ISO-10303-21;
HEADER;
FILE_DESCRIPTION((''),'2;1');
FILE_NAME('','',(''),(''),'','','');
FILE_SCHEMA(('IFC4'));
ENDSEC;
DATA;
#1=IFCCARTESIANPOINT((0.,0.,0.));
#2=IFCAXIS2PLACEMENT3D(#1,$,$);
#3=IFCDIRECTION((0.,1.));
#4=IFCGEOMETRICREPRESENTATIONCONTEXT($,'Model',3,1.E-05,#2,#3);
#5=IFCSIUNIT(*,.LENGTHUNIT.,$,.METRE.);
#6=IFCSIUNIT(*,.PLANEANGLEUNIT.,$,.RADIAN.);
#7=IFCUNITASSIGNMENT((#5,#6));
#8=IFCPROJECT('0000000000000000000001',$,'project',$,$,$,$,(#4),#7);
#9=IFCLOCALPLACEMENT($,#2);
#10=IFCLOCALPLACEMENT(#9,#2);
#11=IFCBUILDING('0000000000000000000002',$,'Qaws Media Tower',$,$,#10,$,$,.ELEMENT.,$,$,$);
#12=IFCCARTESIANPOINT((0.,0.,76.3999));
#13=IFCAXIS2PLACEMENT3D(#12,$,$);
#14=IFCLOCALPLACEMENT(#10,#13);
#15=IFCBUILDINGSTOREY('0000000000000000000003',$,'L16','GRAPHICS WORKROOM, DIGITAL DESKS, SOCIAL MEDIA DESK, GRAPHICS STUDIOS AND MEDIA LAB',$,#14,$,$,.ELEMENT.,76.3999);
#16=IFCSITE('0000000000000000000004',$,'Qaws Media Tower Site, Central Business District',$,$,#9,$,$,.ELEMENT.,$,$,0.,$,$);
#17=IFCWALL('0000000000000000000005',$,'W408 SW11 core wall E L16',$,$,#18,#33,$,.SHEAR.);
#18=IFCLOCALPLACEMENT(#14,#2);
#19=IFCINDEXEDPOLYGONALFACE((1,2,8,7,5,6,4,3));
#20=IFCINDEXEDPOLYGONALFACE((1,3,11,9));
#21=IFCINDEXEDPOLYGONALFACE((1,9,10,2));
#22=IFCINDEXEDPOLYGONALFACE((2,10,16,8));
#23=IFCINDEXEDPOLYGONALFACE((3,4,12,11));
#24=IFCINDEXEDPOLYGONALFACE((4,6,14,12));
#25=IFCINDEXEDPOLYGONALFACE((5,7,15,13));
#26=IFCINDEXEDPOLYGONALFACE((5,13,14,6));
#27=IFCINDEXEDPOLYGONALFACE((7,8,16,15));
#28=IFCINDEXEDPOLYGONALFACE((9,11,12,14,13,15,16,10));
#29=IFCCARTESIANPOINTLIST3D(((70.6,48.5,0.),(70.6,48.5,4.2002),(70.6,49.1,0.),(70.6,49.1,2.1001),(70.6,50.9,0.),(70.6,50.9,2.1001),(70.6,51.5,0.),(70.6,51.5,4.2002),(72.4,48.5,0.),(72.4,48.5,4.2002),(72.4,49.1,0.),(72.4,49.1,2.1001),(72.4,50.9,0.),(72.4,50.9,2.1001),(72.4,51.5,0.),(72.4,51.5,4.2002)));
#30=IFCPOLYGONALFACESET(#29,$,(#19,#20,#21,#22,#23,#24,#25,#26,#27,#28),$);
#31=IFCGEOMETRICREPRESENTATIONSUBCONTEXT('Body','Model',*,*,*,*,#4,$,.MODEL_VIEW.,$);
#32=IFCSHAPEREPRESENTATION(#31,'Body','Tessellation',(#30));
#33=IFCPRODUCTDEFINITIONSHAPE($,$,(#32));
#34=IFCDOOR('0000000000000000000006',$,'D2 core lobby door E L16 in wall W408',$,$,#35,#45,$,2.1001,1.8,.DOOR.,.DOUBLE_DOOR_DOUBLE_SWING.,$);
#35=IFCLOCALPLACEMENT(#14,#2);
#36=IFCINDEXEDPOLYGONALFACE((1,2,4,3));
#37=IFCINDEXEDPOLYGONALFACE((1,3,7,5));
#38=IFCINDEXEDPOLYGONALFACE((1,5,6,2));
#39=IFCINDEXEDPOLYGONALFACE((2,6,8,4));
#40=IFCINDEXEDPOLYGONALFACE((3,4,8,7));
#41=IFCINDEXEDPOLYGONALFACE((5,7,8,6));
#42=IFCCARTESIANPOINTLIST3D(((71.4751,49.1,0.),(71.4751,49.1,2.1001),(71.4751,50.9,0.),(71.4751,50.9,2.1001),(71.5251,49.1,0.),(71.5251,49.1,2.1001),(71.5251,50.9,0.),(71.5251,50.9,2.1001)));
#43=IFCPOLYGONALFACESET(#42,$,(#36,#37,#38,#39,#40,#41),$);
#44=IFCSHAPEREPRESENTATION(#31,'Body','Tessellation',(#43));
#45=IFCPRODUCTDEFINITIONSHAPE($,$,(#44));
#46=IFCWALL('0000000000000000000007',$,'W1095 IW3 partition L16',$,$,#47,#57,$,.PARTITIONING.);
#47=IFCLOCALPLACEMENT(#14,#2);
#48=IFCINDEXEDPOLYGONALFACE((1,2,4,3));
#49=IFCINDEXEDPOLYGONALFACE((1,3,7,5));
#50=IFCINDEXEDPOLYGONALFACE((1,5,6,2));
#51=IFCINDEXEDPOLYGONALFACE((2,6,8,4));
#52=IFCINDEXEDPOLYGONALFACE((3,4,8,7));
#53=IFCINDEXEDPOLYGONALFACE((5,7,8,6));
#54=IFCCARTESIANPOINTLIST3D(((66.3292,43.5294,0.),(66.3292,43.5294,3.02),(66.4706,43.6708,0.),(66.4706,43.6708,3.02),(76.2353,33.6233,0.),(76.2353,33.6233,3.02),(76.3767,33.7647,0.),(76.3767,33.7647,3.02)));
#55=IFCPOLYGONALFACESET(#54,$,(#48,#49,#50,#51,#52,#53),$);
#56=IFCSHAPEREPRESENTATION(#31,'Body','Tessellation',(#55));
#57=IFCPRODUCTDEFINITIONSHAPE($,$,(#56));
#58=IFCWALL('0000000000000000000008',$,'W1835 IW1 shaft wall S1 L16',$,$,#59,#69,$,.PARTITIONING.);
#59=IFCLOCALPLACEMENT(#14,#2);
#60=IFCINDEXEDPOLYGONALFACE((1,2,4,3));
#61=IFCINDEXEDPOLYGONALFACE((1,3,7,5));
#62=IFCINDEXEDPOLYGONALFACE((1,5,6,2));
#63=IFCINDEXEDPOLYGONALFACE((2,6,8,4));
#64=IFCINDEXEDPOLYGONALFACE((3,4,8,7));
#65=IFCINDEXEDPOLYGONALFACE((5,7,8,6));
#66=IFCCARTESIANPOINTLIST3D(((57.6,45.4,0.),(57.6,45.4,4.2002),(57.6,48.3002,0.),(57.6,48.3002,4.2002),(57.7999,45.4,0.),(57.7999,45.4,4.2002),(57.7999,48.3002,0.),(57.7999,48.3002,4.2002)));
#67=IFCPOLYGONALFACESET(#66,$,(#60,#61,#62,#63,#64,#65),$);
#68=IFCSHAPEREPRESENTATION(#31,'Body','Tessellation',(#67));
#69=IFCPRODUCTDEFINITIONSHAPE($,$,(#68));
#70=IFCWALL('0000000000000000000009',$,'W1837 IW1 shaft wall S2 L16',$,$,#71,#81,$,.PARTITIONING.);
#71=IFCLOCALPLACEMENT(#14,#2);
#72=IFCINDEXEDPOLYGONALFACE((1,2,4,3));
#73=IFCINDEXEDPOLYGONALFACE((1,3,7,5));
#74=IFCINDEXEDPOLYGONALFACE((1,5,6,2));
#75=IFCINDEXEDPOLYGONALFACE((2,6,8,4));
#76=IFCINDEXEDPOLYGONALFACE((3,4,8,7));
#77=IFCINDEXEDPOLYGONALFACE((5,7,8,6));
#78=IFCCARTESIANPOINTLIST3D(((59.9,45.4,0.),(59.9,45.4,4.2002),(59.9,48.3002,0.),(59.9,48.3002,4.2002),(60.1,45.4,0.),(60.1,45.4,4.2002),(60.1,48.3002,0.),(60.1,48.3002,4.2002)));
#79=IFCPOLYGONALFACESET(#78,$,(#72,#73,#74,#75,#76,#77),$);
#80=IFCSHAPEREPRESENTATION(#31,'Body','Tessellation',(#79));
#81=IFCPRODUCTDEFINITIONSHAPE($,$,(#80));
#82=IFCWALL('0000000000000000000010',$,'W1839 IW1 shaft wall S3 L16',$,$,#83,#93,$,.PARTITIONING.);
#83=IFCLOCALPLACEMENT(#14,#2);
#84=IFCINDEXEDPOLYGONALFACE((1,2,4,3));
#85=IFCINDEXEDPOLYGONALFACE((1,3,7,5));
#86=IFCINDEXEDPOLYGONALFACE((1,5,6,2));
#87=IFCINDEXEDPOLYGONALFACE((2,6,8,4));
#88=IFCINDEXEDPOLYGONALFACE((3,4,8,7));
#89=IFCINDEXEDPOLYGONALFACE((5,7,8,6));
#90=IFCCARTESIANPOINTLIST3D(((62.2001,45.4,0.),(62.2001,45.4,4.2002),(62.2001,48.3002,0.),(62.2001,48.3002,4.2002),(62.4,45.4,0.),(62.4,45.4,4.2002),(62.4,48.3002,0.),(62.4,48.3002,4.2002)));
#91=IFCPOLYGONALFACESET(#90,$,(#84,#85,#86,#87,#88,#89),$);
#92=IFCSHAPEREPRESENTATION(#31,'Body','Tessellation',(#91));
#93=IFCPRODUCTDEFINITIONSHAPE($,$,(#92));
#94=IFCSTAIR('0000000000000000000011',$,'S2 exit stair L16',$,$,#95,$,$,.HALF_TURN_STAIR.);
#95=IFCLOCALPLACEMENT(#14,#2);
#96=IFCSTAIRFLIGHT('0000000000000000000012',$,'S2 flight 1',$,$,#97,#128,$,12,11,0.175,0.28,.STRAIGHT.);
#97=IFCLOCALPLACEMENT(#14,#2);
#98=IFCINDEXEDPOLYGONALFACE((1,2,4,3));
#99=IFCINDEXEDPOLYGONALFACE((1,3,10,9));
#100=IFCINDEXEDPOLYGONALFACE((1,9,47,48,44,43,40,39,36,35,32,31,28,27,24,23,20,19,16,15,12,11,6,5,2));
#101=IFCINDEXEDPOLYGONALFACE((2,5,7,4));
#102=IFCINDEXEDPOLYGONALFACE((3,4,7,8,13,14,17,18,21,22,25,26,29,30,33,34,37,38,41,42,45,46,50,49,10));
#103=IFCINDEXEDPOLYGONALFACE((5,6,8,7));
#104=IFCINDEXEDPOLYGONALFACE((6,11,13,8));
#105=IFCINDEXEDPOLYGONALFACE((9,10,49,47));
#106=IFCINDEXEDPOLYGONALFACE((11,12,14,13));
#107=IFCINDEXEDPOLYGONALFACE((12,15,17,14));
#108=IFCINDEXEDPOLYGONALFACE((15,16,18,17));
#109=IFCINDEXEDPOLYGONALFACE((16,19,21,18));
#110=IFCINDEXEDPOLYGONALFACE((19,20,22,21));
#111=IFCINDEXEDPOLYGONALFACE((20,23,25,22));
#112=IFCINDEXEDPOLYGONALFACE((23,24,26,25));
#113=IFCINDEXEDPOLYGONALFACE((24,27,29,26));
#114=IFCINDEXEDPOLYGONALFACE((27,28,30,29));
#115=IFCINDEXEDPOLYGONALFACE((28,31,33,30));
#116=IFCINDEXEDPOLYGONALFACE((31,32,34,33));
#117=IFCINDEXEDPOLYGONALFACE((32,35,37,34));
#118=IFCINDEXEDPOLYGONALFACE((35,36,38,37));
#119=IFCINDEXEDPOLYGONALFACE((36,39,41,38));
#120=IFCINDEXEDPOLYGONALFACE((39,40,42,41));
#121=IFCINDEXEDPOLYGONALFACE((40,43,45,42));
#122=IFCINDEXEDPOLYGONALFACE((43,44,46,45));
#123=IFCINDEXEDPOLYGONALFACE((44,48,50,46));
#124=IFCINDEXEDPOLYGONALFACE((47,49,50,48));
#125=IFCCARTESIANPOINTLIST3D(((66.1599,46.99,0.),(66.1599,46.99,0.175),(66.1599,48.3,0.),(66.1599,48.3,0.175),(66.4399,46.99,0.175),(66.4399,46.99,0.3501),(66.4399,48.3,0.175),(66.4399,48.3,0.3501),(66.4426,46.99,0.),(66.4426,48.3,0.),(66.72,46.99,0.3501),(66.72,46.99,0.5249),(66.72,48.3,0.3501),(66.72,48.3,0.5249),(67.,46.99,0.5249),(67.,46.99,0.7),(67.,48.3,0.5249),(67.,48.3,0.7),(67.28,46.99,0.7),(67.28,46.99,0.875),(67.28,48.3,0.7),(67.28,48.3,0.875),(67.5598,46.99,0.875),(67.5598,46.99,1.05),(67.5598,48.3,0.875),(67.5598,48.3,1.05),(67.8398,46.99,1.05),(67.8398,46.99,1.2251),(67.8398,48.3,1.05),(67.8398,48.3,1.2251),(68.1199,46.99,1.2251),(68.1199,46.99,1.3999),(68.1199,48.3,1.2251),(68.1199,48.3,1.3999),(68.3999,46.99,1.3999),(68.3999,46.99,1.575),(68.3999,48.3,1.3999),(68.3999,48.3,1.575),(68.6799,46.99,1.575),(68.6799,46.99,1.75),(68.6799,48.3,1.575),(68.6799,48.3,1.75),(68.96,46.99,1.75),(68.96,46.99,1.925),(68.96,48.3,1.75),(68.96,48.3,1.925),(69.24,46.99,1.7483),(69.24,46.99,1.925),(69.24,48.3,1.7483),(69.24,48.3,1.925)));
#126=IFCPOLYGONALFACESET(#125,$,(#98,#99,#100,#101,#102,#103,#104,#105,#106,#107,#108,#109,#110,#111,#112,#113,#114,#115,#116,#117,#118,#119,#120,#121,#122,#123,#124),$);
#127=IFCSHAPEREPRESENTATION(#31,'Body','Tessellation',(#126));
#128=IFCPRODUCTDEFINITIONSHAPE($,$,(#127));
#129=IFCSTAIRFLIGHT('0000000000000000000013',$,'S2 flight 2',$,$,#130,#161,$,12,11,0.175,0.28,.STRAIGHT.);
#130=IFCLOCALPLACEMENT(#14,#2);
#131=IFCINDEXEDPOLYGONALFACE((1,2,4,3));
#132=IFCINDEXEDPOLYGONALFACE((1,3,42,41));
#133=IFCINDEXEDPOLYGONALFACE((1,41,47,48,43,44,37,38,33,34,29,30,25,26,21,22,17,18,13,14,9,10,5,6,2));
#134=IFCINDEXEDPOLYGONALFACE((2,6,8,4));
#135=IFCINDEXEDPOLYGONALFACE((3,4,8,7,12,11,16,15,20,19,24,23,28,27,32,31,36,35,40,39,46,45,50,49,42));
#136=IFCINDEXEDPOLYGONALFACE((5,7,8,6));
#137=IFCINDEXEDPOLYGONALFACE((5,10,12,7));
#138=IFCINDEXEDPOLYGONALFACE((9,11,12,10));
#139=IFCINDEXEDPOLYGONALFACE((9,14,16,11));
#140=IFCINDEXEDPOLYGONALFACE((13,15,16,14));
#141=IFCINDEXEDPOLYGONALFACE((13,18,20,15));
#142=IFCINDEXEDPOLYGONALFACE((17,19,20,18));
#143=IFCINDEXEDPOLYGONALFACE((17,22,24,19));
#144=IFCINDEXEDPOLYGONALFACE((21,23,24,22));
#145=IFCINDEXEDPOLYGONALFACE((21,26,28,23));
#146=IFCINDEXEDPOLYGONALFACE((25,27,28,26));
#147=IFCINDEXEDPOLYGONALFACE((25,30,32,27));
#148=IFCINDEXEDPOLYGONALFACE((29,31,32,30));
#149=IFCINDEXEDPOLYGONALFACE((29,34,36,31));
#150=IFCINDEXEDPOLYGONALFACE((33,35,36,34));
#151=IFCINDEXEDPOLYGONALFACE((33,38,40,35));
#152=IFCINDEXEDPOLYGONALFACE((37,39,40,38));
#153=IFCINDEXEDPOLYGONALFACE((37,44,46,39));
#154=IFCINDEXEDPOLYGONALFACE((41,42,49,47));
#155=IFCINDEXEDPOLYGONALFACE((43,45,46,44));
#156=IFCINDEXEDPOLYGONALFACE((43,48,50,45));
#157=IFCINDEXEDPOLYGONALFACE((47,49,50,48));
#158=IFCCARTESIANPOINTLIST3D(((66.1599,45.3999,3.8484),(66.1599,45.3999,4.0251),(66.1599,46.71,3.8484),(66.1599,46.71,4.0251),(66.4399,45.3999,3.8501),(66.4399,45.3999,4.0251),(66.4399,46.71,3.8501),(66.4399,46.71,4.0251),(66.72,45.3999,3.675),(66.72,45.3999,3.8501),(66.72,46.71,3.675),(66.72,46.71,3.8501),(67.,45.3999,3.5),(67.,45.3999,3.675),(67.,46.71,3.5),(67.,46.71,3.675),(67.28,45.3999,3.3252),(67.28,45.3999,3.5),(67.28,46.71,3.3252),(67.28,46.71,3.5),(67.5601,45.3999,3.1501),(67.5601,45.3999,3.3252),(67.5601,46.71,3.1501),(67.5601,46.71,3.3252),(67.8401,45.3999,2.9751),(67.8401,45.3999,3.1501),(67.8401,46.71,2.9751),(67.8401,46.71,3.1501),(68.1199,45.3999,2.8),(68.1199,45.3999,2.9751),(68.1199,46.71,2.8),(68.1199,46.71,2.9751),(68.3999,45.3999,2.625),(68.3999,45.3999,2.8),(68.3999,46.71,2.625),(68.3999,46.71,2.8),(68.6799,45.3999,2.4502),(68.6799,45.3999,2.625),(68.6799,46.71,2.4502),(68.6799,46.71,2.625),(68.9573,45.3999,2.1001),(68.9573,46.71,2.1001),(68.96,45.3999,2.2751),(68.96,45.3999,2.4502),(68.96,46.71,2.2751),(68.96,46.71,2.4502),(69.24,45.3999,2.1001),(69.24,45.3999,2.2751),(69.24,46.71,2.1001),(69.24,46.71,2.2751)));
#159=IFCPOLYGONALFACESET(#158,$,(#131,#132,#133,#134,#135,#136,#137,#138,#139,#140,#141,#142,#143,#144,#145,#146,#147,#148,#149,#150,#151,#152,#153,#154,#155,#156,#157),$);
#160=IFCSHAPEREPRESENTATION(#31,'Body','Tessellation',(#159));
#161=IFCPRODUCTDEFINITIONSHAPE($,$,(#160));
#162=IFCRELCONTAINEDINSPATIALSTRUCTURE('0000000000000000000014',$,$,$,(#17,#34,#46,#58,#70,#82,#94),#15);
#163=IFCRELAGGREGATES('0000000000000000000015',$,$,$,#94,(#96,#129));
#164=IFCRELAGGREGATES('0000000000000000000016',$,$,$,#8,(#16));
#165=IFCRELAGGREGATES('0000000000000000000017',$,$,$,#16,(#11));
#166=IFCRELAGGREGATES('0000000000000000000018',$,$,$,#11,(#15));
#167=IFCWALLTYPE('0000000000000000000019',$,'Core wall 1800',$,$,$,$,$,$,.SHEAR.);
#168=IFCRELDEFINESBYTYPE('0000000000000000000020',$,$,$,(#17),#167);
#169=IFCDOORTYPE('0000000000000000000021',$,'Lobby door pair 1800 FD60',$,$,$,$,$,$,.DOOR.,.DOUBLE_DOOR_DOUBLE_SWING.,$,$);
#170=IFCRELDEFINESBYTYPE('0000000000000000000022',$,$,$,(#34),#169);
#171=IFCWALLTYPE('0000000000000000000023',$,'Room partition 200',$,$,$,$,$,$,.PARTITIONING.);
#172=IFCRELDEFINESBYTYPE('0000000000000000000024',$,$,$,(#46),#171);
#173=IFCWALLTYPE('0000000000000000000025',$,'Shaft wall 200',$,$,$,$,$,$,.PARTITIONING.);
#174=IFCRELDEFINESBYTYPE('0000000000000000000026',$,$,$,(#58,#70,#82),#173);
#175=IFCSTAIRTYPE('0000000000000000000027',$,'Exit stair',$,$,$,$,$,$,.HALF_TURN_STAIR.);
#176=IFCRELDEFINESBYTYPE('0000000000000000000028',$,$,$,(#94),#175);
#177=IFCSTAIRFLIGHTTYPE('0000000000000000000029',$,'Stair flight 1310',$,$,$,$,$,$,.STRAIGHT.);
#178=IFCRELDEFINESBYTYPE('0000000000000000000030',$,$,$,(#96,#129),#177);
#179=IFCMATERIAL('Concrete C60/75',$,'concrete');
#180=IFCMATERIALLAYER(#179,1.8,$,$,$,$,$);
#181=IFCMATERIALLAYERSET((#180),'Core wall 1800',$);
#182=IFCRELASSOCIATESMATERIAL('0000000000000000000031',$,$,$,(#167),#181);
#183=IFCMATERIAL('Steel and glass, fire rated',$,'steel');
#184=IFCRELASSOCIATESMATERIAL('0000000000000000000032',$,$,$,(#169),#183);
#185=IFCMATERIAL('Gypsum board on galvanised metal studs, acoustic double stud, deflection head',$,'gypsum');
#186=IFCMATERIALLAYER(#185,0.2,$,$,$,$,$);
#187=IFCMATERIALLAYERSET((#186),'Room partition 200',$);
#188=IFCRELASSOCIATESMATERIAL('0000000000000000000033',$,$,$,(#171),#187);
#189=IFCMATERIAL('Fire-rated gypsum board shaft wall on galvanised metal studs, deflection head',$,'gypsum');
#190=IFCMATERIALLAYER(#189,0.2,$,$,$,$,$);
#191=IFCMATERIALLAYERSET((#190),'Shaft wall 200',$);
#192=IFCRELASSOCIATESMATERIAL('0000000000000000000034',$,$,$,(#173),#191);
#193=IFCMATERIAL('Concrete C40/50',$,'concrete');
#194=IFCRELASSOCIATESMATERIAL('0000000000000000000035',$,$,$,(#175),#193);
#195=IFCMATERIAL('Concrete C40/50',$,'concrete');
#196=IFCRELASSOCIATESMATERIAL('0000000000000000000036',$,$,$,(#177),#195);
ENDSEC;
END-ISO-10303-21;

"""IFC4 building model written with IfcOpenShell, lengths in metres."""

from ifc_helpers import new_model, si_unit, direction, frame, frame_2d, origin, place, context, subcontext, project, spatial, polyline, rectangle, outline, extrude, material, layer, layer_set, type_object, element, fill, aggregate, save


model = new_model("IFC4")

# Units and contexts
model_context = context("Model", 3, precision=1e-05, world=origin(), true_north=direction((0.0, 1.0)))
body_context = subcontext(model_context, "Body", "Model", "MODEL_VIEW")
ifc_project = project(units=[si_unit("LENGTHUNIT", "METRE"), si_unit("PLANEANGLEUNIT", "RADIAN")], contexts=[model_context])

# Site, building, storey
site_placement = place(None, origin())
site = spatial("IfcSite", under=ifc_project, at=site_placement, Name="Qaws Media Tower Site, Central Business District", CompositionType="ELEMENT", RefElevation=0.0)
building_placement = place(site_placement, origin())
building = spatial("IfcBuilding", under=site, at=building_placement, Name="Qaws Media Tower", CompositionType="ELEMENT")
storey_placement = place(building_placement, frame((0.0, 0.0, 76.3999)))
storey = spatial("IfcBuildingStorey", under=building, at=storey_placement, Name="L16", Description="GRAPHICS WORKROOM, DIGITAL DESKS, SOCIAL MEDIA DESK, GRAPHICS STUDIOS AND MEDIA LAB", CompositionType="ELEMENT", Elevation=76.3999)

# Shared definitions
ifc_material_1 = material(Name="Concrete C60/75", Category="concrete")
ifc_layer_1 = layer(ifc_material_1, 1.8)
ifc_layer_set_1 = layer_set([ifc_layer_1], Name="Core wall 1800")
wall_type_1 = type_object("IfcWallType", Name="Core wall 1800", PredefinedType="SHEAR", material=ifc_layer_set_1)

# Wall, opening, door
wall_1_placement = place(storey_placement, frame((71.5, 48.5, 0.0), z_axis=(0.0, 0.0, 1.0), x_axis=(0.0, 1.0, 0.0)))
wall_1 = element("IfcWall", 1, at=wall_1_placement, inside=storey, type_object=wall_type_1, Name="W408 SW11 core wall E L16", PredefinedType="SHEAR", context=body_context, shape_type="SweptSolid", body=[
    extrude(rectangle(XDim=3.0, YDim=1.8, at=frame_2d((1.5, 0.0))), origin(), (0.0, 0.0, 1.0), 4.2002),
])
opening_1_placement = place(wall_1_placement, frame((0.6001, 0.0, 0.0)))
opening_1 = element("IfcOpeningElement", 2, at=opening_1_placement, cuts=wall_1, PredefinedType="OPENING", context=body_context, shape_type="SweptSolid", body=[
    extrude(rectangle(XDim=1.8, YDim=2.1001, at=frame_2d((0.8999, 1.05))), frame((0.0, 0.9099, 0.0), z_axis=(0.0, -1.0, 0.0), x_axis=(1.0, 0.0, 0.0)), (0.0, 0.0, 1.0), 1.8201),
])
ifc_material_2 = material(Name="Steel and glass, fire rated", Category="steel")
door_type_1 = type_object("IfcDoorType", Name="Lobby door pair 1800 FD60", OperationType="DOUBLE_DOOR_DOUBLE_SWING", PredefinedType="DOOR", material=ifc_material_2)
door_1_placement = place(opening_1_placement, origin())
door_1 = element("IfcDoor", 3, at=door_1_placement, inside=storey, type_object=door_type_1, Name="D2 core lobby door E L16 in wall W408", OperationType="DOUBLE_DOOR_DOUBLE_SWING", OverallHeight=2.1001, OverallWidth=1.8, PredefinedType="DOOR", context=body_context, shape_type="SweptSolid", body=[
    extrude(rectangle(XDim=1.8, YDim=2.1001, at=frame_2d((0.8999, 1.05))), frame((0.0, 0.0249, 0.0), z_axis=(0.0, -1.0, 0.0), x_axis=(1.0, 0.0, 0.0)), (0.0, 0.0, 1.0), 0.05),
])
fill(opening_1, door_1)

# Walls
ifc_material_3 = material(Name="Gypsum board on galvanised metal studs, acoustic double stud, deflection head", Category="gypsum")
ifc_layer_2 = layer(ifc_material_3, 0.2)
ifc_layer_set_2 = layer_set([ifc_layer_2], Name="Room partition 200")
wall_type_2 = type_object("IfcWallType", Name="Room partition 200", PredefinedType="PARTITIONING", material=ifc_layer_set_2)
wall_2_placement = place(storey_placement, frame((66.3999, 43.6001, 0.0), z_axis=(0.0, 0.0, 1.0), x_axis=(0.707107, -0.707107, 0.0)))
element("IfcWall", 4, at=wall_2_placement, inside=storey, type_object=wall_type_2, Name="W1095 IW3 partition L16", PredefinedType="PARTITIONING", context=body_context, shape_type="SweptSolid", body=[
    extrude(rectangle(XDim=14.0093, YDim=0.2, at=frame_2d((7.0046, 0.0))), origin(), (0.0, 0.0, 1.0), 3.02),
])
ifc_material_4 = material(Name="Fire-rated gypsum board shaft wall on galvanised metal studs, deflection head", Category="gypsum")
ifc_layer_3 = layer(ifc_material_4, 0.2)
ifc_layer_set_3 = layer_set([ifc_layer_3], Name="Shaft wall 200")
wall_type_3 = type_object("IfcWallType", Name="Shaft wall 200", PredefinedType="PARTITIONING", material=ifc_layer_set_3)
for number, where, z_axis, x_axis, name in (
    (5, (57.7, 45.3999, 0.0), (0.0, 0.0, 1.0), (0.0, 1.0, 0.0), "W1835 IW1 shaft wall S1 L16"),
    (6, (60.0, 45.3999, 0.0), (0.0, 0.0, 1.0), (0.0, 1.0, 0.0), "W1837 IW1 shaft wall S2 L16"),
    (7, (62.3, 45.3999, 0.0), (0.0, 0.0, 1.0), (0.0, 1.0, 0.0), "W1839 IW1 shaft wall S3 L16"),
):
    element("IfcWall", number, at=place(storey_placement, frame(where, z_axis=z_axis, x_axis=x_axis)), inside=storey, type_object=wall_type_3, Name=name, PredefinedType="PARTITIONING", context=body_context, shape_type="SweptSolid", body=[
        extrude(rectangle(XDim=2.9001, YDim=0.2, at=frame_2d((1.4502, 0.0))), origin(), (0.0, 0.0, 1.0), 4.2002),
    ])

# Stair, stair flights
ifc_material_5 = material(Name="Concrete C40/50", Category="concrete")
stair_type = type_object("IfcStairType", Name="Exit stair", PredefinedType="HALF_TURN_STAIR", material=ifc_material_5)
stair_placement = place(storey_placement, origin())
stair = element("IfcStair", 8, at=stair_placement, inside=storey, type_object=stair_type, Name="S2 exit stair L16", PredefinedType="HALF_TURN_STAIR")
ifc_material_6 = material(Name="Concrete C40/50", Category="concrete")
stair_flight_type = type_object("IfcStairFlightType", Name="Stair flight 1310", PredefinedType="STRAIGHT", material=ifc_material_6)
stair_flight_1_placement = place(storey_placement, frame((66.1599, 47.645, 0.0), z_axis=(0.0, 0.0, 1.0), x_axis=(1.0, 0.0, 0.0)))
stair_flight_1 = element("IfcStairFlight", 9, at=stair_flight_1_placement, type_object=stair_flight_type, Name="S2 flight 1", NumberOfRisers=12, NumberOfTreads=11, PredefinedType="STRAIGHT", RiserHeight=0.175, TreadLength=0.28, context=body_context, shape_type="SweptSolid", body=[
    extrude(outline(polyline([(0.0, 0.0), (0.0, 0.175), (0.28, 0.175), (0.28, 0.3501), (0.5601, 0.3501), (0.5601, 0.5249), (0.8401, 0.5249), (0.8401, 0.7), (1.1201, 0.7), (1.1201, 0.875), (1.3999, 0.875), (1.3999, 1.05), (1.6799, 1.05), (1.6799, 1.2251), (1.96, 1.2251), (1.96, 1.3999), (2.24, 1.3999), (2.24, 1.575), (2.52, 1.575), (2.52, 1.75), (2.8, 1.75), (2.8, 1.925), (3.0801, 1.925), (3.0801, 2.1001), (3.0801, 1.7483), (0.2827, 0.0), (0.0, 0.0)])), frame((0.0, 0.655, 0.0), z_axis=(0.0, -1.0, 0.0), x_axis=(1.0, 0.0, 0.0)), (0.0, 0.0, 1.0), 1.3101),
])
stair_flight_2_placement = place(storey_placement, frame((69.24, 46.0549, 2.1001), z_axis=(0.0, 0.0, 1.0), x_axis=(-1.0, 0.0, 0.0)))
stair_flight_2 = element("IfcStairFlight", 10, at=stair_flight_2_placement, type_object=stair_flight_type, Name="S2 flight 2", NumberOfRisers=12, NumberOfTreads=11, PredefinedType="STRAIGHT", RiserHeight=0.175, TreadLength=0.28, context=body_context, shape_type="SweptSolid", body=[
    extrude(outline(polyline([(0.0, 0.0), (0.0, 0.175), (0.28, 0.175), (0.28, 0.3501), (0.5601, 0.3501), (0.5601, 0.5249), (0.8401, 0.5249), (0.8401, 0.7), (1.1201, 0.7), (1.1201, 0.875), (1.3999, 0.875), (1.3999, 1.05), (1.6799, 1.05), (1.6799, 1.2251), (1.96, 1.2251), (1.96, 1.3999), (2.24, 1.3999), (2.24, 1.575), (2.52, 1.575), (2.52, 1.75), (2.8, 1.75), (2.8, 1.925), (3.0801, 1.925), (3.0801, 2.1001), (3.0801, 1.7483), (0.2827, 0.0), (0.0, 0.0)])), frame((0.0, 0.655, 0.0), z_axis=(0.0, -1.0, 0.0), x_axis=(1.0, 0.0, 0.0)), (0.0, 0.0, 1.0), 1.3101),
])
aggregate(stair, [stair_flight_1, stair_flight_2])

save(model, "model.ifc")
